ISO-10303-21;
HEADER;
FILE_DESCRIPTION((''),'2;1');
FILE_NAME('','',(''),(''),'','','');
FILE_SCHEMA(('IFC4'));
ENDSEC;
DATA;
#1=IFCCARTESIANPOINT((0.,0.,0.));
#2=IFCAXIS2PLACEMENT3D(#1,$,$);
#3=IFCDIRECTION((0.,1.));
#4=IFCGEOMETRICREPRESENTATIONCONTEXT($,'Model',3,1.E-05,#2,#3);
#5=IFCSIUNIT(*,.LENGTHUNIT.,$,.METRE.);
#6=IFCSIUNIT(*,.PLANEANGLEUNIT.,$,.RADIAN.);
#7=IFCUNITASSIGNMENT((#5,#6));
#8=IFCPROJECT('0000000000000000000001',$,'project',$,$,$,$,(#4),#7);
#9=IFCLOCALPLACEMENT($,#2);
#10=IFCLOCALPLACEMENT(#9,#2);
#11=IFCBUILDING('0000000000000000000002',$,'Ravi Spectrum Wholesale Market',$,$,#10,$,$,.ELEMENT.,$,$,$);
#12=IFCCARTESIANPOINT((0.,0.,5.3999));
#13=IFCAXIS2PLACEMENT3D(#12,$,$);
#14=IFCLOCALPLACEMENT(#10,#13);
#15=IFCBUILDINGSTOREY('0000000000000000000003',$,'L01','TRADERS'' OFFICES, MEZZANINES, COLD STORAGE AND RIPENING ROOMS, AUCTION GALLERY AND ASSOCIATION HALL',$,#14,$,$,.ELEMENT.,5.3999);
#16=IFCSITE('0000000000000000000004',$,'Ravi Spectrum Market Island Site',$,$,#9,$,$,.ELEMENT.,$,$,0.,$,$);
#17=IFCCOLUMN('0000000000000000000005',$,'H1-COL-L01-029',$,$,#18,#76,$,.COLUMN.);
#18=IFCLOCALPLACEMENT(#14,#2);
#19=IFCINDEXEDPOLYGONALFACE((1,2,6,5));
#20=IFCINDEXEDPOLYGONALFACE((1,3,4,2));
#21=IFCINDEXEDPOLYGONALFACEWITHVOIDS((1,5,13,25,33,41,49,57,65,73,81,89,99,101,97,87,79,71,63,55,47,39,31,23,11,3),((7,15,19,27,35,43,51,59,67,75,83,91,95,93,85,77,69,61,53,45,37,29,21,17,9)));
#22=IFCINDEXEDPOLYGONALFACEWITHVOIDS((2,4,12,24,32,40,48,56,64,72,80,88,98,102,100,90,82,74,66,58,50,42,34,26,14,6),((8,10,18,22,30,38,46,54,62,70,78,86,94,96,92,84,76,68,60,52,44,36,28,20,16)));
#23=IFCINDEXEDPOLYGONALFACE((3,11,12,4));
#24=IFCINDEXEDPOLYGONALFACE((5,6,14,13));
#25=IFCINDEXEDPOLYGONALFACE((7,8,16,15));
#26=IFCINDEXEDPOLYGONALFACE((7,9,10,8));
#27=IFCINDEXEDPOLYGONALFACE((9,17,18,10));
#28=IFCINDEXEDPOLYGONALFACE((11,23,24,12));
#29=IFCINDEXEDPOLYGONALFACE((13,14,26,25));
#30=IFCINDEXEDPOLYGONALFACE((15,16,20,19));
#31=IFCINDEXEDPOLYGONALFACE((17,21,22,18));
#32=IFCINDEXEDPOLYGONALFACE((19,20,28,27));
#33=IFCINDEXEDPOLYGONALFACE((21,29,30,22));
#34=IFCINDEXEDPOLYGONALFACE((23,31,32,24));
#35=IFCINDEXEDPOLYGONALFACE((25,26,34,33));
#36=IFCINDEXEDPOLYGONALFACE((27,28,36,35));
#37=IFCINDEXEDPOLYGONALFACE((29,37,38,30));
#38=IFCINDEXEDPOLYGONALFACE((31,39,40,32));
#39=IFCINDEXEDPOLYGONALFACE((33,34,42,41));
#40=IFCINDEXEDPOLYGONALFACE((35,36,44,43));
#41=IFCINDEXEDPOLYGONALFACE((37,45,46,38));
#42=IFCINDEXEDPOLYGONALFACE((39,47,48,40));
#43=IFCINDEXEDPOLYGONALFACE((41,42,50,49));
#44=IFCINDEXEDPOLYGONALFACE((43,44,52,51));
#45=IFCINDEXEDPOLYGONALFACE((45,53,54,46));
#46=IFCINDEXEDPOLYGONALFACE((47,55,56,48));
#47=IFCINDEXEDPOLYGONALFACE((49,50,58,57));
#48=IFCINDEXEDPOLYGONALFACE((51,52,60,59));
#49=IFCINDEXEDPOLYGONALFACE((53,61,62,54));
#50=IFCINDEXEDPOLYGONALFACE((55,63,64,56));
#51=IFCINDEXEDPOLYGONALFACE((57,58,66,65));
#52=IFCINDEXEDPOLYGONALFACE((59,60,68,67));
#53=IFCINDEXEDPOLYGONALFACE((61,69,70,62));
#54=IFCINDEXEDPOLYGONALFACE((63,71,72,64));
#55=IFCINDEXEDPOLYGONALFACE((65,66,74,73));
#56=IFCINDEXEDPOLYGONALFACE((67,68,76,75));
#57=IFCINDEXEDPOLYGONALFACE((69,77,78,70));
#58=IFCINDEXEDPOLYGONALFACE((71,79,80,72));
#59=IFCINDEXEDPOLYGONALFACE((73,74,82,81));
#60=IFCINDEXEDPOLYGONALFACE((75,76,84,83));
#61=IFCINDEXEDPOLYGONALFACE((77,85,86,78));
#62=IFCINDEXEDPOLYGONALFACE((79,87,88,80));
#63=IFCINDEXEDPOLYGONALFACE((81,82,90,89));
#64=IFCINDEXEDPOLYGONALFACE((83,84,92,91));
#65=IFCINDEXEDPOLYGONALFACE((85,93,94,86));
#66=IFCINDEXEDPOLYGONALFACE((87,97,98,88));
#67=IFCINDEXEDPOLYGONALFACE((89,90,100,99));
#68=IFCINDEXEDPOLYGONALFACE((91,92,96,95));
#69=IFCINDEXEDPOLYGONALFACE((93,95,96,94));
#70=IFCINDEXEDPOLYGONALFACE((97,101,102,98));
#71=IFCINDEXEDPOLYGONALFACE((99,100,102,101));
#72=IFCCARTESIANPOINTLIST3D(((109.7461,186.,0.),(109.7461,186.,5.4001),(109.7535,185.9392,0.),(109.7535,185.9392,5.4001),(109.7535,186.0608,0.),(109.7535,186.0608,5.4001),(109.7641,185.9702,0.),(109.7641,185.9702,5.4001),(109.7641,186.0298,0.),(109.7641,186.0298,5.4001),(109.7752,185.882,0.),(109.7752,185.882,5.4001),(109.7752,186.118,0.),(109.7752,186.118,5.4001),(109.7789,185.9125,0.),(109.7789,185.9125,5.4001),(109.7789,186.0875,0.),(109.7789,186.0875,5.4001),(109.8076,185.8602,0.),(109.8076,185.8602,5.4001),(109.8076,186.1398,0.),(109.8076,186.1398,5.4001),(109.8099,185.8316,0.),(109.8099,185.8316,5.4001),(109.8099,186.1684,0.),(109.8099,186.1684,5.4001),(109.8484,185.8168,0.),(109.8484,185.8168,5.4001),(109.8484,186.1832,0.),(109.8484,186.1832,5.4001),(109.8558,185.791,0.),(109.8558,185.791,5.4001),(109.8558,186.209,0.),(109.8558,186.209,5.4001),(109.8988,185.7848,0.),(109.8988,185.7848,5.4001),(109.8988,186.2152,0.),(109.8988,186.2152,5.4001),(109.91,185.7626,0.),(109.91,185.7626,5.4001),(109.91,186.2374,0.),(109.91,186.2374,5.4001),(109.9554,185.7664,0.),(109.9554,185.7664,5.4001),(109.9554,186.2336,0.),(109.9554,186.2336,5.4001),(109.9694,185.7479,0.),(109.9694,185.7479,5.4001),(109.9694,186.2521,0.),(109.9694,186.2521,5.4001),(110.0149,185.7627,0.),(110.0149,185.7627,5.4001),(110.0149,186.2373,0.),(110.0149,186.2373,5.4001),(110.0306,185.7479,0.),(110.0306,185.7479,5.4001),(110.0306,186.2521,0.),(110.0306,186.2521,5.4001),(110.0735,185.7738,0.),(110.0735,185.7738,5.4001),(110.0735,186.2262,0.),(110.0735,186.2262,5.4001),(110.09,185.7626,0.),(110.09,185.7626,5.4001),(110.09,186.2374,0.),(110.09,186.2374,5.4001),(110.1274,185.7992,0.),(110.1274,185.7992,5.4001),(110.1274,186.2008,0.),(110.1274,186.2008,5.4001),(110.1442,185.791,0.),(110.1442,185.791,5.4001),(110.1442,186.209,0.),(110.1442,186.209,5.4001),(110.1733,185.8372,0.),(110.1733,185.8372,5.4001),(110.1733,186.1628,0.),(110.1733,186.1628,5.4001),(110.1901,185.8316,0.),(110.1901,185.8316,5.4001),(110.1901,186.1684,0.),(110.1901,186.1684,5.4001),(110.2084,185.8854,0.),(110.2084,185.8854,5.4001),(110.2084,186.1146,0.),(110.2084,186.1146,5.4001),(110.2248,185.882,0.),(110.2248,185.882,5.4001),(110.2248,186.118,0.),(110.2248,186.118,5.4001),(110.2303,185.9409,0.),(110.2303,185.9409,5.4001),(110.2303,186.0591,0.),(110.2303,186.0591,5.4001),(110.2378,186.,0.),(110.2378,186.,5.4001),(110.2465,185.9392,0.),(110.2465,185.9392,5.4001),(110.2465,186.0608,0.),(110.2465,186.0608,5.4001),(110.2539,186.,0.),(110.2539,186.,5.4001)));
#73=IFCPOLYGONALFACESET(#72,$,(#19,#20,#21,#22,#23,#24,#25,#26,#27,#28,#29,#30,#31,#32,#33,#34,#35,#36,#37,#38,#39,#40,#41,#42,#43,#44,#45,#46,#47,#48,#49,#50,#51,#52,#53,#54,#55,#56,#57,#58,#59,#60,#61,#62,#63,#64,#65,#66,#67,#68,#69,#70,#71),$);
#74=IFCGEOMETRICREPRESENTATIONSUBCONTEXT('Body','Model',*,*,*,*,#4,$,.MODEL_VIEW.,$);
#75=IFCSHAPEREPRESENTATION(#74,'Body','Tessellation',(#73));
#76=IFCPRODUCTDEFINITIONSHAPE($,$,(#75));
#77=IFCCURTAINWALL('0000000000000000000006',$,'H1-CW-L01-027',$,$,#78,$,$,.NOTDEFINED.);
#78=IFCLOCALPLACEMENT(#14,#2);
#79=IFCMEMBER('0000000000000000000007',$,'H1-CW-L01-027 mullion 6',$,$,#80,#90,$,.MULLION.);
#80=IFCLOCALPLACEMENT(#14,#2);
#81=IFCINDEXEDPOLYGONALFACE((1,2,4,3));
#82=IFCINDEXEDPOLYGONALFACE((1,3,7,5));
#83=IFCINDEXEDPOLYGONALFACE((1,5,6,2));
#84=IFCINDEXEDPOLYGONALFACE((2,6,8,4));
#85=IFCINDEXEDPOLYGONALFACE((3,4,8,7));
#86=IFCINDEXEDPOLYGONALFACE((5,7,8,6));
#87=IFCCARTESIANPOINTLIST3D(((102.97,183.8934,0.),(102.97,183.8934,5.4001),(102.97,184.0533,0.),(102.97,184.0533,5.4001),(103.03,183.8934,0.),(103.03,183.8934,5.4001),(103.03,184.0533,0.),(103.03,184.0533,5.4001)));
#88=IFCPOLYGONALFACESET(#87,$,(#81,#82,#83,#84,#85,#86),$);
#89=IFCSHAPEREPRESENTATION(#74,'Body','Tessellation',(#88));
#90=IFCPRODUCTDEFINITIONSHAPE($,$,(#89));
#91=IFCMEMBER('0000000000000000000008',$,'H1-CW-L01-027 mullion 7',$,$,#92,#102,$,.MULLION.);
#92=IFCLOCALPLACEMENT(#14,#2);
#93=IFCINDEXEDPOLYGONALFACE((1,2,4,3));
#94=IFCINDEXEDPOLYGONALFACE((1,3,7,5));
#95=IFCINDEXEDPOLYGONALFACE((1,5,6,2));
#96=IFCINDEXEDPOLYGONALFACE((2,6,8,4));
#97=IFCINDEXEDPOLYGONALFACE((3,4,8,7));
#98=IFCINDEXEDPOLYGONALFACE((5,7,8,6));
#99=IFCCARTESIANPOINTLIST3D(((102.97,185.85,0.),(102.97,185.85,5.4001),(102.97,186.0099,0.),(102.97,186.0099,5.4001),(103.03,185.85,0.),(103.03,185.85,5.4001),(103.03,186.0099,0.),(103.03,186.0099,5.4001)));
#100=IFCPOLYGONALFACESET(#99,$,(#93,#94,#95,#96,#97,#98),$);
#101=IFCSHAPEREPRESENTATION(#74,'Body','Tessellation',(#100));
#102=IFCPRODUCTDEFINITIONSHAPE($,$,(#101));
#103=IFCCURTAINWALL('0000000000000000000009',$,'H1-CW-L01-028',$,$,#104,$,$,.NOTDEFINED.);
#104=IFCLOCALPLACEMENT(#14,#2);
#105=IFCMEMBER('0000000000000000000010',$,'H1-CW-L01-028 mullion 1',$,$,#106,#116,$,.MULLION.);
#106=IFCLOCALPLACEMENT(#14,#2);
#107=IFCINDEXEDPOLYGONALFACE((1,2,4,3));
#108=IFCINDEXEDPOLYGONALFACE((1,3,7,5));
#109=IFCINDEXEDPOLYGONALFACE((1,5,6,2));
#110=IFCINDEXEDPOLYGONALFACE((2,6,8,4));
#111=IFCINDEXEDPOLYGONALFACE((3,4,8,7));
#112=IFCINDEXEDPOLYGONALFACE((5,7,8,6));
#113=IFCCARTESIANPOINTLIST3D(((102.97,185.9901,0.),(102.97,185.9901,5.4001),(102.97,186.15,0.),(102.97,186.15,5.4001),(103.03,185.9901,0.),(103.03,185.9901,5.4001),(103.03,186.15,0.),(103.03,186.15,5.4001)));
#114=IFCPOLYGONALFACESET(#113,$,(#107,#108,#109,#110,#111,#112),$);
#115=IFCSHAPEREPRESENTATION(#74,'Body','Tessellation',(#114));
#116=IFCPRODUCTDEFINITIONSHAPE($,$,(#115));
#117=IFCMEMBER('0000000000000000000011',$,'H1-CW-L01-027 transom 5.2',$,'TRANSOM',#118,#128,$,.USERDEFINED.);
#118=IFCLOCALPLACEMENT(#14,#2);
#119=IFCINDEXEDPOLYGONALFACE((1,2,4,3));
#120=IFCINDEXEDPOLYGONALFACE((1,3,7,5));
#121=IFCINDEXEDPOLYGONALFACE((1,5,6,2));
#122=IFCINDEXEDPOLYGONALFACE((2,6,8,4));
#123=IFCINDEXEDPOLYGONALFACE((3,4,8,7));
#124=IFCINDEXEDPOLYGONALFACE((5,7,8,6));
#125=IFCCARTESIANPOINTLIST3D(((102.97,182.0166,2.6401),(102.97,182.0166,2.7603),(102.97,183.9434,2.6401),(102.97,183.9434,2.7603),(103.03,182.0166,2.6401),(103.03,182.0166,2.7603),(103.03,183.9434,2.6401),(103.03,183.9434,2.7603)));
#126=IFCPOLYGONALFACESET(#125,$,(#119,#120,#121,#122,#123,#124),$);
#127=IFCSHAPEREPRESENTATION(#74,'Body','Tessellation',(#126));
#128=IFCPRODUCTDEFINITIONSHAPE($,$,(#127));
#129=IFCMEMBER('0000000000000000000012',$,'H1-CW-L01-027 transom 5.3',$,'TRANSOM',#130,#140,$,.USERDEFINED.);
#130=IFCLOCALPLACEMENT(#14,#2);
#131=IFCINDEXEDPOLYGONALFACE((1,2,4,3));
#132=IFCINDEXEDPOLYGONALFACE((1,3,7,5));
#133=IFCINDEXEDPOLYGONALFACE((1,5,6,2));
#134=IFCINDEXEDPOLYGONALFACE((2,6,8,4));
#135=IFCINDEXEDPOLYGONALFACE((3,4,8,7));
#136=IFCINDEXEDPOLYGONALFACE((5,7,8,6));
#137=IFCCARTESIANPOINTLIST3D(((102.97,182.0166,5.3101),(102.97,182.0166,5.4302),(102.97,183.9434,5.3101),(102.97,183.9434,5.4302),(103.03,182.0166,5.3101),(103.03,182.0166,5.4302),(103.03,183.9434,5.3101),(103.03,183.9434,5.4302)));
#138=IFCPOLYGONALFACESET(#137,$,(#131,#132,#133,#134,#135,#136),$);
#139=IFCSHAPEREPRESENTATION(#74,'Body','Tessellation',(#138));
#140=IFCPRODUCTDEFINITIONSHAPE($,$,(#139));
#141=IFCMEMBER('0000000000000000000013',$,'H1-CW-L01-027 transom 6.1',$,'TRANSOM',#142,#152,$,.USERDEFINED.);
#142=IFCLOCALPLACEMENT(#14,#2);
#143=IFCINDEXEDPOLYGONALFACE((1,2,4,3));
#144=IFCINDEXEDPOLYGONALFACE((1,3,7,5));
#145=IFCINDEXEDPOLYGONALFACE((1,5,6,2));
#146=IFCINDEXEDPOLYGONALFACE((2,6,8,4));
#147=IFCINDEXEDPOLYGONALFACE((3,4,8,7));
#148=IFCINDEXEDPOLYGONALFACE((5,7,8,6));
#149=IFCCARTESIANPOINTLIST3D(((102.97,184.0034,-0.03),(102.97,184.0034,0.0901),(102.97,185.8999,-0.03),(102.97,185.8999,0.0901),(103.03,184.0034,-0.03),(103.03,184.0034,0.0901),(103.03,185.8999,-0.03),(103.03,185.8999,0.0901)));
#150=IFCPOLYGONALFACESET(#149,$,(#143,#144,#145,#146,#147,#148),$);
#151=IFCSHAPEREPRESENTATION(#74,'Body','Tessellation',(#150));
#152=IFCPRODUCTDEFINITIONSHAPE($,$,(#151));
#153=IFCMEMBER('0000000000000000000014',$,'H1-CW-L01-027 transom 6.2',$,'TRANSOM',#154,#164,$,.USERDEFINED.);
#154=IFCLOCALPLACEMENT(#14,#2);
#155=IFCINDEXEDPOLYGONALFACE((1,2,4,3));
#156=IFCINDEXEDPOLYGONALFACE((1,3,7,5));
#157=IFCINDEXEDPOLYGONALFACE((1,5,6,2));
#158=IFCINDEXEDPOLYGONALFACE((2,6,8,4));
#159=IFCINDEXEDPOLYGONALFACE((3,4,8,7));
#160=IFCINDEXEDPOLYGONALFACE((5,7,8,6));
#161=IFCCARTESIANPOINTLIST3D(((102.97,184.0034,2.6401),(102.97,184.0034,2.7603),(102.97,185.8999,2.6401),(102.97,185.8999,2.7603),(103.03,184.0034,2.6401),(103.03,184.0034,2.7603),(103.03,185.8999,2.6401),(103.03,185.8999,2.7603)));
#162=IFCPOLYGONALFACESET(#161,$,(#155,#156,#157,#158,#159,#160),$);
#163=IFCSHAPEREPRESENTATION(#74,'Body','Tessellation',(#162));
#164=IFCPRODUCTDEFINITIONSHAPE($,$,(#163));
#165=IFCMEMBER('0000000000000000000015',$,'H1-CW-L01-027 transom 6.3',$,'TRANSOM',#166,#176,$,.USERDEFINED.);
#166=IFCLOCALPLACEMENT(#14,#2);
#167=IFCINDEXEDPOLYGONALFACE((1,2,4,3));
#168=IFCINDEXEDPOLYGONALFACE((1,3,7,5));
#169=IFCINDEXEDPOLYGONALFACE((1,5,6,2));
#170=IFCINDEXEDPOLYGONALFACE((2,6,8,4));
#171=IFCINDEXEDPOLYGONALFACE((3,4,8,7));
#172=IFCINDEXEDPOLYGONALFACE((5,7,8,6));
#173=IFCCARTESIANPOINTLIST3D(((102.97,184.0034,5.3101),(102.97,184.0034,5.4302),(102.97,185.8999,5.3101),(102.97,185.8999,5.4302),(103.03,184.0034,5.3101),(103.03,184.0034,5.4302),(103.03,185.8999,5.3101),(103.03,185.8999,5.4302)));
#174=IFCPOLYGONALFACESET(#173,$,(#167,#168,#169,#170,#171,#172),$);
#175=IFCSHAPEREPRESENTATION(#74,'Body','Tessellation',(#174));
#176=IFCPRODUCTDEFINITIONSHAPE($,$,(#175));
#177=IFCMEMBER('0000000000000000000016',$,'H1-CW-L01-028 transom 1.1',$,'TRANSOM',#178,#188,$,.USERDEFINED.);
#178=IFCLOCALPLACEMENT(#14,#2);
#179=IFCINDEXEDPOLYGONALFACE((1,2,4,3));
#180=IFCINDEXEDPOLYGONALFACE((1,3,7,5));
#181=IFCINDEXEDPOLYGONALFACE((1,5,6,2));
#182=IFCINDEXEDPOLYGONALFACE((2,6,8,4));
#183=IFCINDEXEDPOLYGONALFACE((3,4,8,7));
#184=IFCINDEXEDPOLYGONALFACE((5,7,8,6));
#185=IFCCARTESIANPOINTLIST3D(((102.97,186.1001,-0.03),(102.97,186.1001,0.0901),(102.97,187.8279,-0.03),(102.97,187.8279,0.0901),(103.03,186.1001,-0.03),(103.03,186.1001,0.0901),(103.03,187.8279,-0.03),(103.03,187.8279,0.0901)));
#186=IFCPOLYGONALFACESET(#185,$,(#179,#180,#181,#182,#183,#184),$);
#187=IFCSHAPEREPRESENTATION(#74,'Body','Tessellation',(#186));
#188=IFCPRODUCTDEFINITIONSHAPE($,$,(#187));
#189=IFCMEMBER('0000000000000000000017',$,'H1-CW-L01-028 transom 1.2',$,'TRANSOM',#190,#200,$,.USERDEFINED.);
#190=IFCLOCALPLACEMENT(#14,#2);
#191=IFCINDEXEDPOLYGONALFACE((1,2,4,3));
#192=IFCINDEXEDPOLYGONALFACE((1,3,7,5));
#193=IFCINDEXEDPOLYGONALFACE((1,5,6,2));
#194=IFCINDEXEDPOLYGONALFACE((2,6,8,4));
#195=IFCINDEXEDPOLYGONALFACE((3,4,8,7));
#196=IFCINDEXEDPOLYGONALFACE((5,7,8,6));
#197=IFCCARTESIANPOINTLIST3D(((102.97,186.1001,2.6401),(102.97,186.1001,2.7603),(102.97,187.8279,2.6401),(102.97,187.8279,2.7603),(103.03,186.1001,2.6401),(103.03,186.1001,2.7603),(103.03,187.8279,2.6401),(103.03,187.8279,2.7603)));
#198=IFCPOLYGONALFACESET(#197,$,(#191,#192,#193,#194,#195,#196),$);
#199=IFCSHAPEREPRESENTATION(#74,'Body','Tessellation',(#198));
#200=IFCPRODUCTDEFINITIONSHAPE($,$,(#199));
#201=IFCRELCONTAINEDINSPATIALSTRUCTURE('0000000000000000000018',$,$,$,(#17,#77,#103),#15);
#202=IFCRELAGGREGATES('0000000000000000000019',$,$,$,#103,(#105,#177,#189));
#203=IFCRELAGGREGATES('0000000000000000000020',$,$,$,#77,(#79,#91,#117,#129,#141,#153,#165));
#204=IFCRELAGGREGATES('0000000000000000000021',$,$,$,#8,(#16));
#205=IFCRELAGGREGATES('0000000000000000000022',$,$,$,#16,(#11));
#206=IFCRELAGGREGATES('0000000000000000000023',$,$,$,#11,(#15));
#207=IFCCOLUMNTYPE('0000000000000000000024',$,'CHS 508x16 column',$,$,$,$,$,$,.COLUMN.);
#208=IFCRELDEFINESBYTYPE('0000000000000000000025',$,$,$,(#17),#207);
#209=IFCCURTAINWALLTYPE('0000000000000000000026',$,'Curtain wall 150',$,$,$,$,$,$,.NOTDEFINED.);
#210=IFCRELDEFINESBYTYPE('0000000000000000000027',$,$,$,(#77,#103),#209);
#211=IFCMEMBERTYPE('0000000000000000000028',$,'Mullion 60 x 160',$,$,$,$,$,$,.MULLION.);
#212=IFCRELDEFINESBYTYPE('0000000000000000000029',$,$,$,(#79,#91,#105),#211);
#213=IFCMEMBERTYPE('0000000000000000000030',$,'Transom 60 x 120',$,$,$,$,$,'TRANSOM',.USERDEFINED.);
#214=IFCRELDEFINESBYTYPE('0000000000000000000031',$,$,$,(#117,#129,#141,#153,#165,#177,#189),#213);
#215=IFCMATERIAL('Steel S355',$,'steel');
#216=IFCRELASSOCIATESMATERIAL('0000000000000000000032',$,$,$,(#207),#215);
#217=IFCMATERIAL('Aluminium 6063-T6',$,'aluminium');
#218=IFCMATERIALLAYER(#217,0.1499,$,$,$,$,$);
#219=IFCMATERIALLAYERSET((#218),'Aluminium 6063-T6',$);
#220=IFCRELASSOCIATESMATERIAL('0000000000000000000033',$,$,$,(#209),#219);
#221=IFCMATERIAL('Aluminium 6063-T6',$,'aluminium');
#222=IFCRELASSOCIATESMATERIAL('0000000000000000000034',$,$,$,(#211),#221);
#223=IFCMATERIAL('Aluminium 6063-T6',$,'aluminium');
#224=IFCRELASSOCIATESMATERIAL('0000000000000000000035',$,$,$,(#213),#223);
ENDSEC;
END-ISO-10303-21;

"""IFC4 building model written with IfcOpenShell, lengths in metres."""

from ifc_helpers import new_model, si_unit, direction, frame, origin, origin_2d, place, context, subcontext, project, spatial, rectangle, hollow_circle, extrude, material, layer, layer_set, material_profile, profile_set, type_object, element, aggregate, save


model = new_model("IFC4")

# Units and contexts
model_context = context("Model", 3, precision=1e-05, world=origin(), true_north=direction((0.0, 1.0)))
body_context = subcontext(model_context, "Body", "Model", "MODEL_VIEW")
ifc_project = project(units=[si_unit("LENGTHUNIT", "METRE"), si_unit("PLANEANGLEUNIT", "RADIAN")], contexts=[model_context])

# Site, building, storey
site_placement = place(None, origin())
site = spatial("IfcSite", under=ifc_project, at=site_placement, Name="Ravi Spectrum Market Island Site", CompositionType="ELEMENT", RefElevation=0.0)
building_placement = place(site_placement, origin())
building = spatial("IfcBuilding", under=site, at=building_placement, Name="Ravi Spectrum Wholesale Market", CompositionType="ELEMENT")
storey_placement = place(building_placement, frame((0.0, 0.0, 5.3999)))
storey = spatial("IfcBuildingStorey", under=building, at=storey_placement, Name="L01", Description="TRADERS' OFFICES, MEZZANINES, COLD STORAGE AND RIPENING ROOMS, AUCTION GALLERY AND ASSOCIATION HALL", CompositionType="ELEMENT", Elevation=5.3999)

# Column
ifc_material_1 = material(Name="Steel S355", Category="steel")
ifc_material_profile_1 = material_profile(ifc_material_1, hollow_circle(Radius=0.2539, WallThickness=0.0161, at=origin_2d()))
ifc_profile_set_1 = profile_set([ifc_material_profile_1], Name="Steel S355")
column_type = type_object("IfcColumnType", Name="CHS 508x16 column", PredefinedType="COLUMN", material=ifc_profile_set_1)
column_placement = place(storey_placement, frame((110.0, 186.0, 0.0), z_axis=(0.0, 0.0, 1.0), x_axis=(1.0, 0.0, 0.0)))
element("IfcColumn", 1, at=column_placement, inside=storey, type_object=column_type, Name="H1-COL-L01-029", PredefinedType="COLUMN", context=body_context, shape_type="SweptSolid", body=[
    extrude(hollow_circle(Radius=0.2539, WallThickness=0.0161, at=origin_2d()), origin(), (0.0, 0.0, 1.0), 5.4001),
])

# Curtain wall, members
ifc_material_2 = material(Name="Aluminium 6063-T6", Category="aluminium")
ifc_layer_1 = layer(ifc_material_2, 0.1499)
ifc_layer_set_1 = layer_set([ifc_layer_1], Name="Aluminium 6063-T6")
curtain_wall_type = type_object("IfcCurtainWallType", Name="Curtain wall 150", PredefinedType="NOTDEFINED", material=ifc_layer_set_1)
curtain_wall_1_placement = place(storey_placement, origin())
curtain_wall_1 = element("IfcCurtainWall", 2, at=curtain_wall_1_placement, inside=storey, type_object=curtain_wall_type, Name="H1-CW-L01-027", PredefinedType="NOTDEFINED")
ifc_material_3 = material(Name="Aluminium 6063-T6", Category="aluminium")
ifc_material_profile_2 = material_profile(ifc_material_3, rectangle(XDim=0.0601, YDim=0.1599, at=origin_2d()))
ifc_profile_set_2 = profile_set([ifc_material_profile_2], Name="Aluminium 6063-T6")
member_type_1 = type_object("IfcMemberType", Name="Mullion 60 x 160", PredefinedType="MULLION", material=ifc_profile_set_2)
member_1_placement = place(storey_placement, frame((103.0, 183.9734, 0.0), z_axis=(0.0, 0.0, 1.0), x_axis=(-1.0, 0.0, 0.0)))
member_1 = element("IfcMember", 3, at=member_1_placement, type_object=member_type_1, Name="H1-CW-L01-027 mullion 6", PredefinedType="MULLION", context=body_context, shape_type="SweptSolid", body=[
    extrude(rectangle(XDim=0.0601, YDim=0.1599, at=origin_2d()), origin(), (0.0, 0.0, 1.0), 5.4001),
])
member_2_placement = place(storey_placement, frame((103.0, 185.9299, 0.0), z_axis=(0.0, 0.0, 1.0), x_axis=(-1.0, 0.0, 0.0)))
member_2 = element("IfcMember", 4, at=member_2_placement, type_object=member_type_1, Name="H1-CW-L01-027 mullion 7", PredefinedType="MULLION", context=body_context, shape_type="SweptSolid", body=[
    extrude(rectangle(XDim=0.0601, YDim=0.1599, at=origin_2d()), origin(), (0.0, 0.0, 1.0), 5.4001),
])

# Curtain wall, member
curtain_wall_2_placement = place(storey_placement, origin())
curtain_wall_2 = element("IfcCurtainWall", 5, at=curtain_wall_2_placement, inside=storey, type_object=curtain_wall_type, Name="H1-CW-L01-028", PredefinedType="NOTDEFINED")
member_3_placement = place(storey_placement, frame((103.0, 186.0701, 0.0), z_axis=(0.0, 0.0, 1.0), x_axis=(-1.0, 0.0, 0.0)))
member_3 = element("IfcMember", 6, at=member_3_placement, type_object=member_type_1, Name="H1-CW-L01-028 mullion 1", PredefinedType="MULLION", context=body_context, shape_type="SweptSolid", body=[
    extrude(rectangle(XDim=0.0601, YDim=0.1599, at=origin_2d()), origin(), (0.0, 0.0, 1.0), 5.4001),
])

# Members
ifc_material_4 = material(Name="Aluminium 6063-T6", Category="aluminium")
ifc_material_profile_3 = material_profile(ifc_material_4, rectangle(XDim=0.0601, YDim=0.1201, at=origin_2d()))
ifc_profile_set_3 = profile_set([ifc_material_profile_3], Name="Aluminium 6063-T6")
member_type_2 = type_object("IfcMemberType", Name="Transom 60 x 120", ElementType="TRANSOM", PredefinedType="USERDEFINED", material=ifc_profile_set_3)
member_4_placement = place(storey_placement, frame((103.0, 182.0166, 2.7002), z_axis=(0.0, 1.0, 0.0), x_axis=(-1.0, 0.0, 0.0)))
member_4 = element("IfcMember", 7, at=member_4_placement, type_object=member_type_2, Name="H1-CW-L01-027 transom 5.2", ObjectType="TRANSOM", PredefinedType="USERDEFINED", context=body_context, shape_type="SweptSolid", body=[
    extrude(rectangle(XDim=0.0601, YDim=0.1201, at=origin_2d()), origin(), (0.0, 0.0, 1.0), 1.9268),
])
member_5_placement = place(storey_placement, frame((103.0, 182.0166, 5.3701), z_axis=(0.0, 1.0, 0.0), x_axis=(-1.0, 0.0, 0.0)))
member_5 = element("IfcMember", 8, at=member_5_placement, type_object=member_type_2, Name="H1-CW-L01-027 transom 5.3", ObjectType="TRANSOM", PredefinedType="USERDEFINED", context=body_context, shape_type="SweptSolid", body=[
    extrude(rectangle(XDim=0.0601, YDim=0.1201, at=origin_2d()), origin(), (0.0, 0.0, 1.0), 1.9268),
])
member_6_placement = place(storey_placement, frame((103.0, 184.0034, 0.03), z_axis=(0.0, 1.0, 0.0), x_axis=(-1.0, 0.0, 0.0)))
member_6 = element("IfcMember", 9, at=member_6_placement, type_object=member_type_2, Name="H1-CW-L01-027 transom 6.1", ObjectType="TRANSOM", PredefinedType="USERDEFINED", context=body_context, shape_type="SweptSolid", body=[
    extrude(rectangle(XDim=0.0601, YDim=0.1201, at=origin_2d()), origin(), (0.0, 0.0, 1.0), 1.8965),
])
member_7_placement = place(storey_placement, frame((103.0, 184.0034, 2.7002), z_axis=(0.0, 1.0, 0.0), x_axis=(-1.0, 0.0, 0.0)))
member_7 = element("IfcMember", 10, at=member_7_placement, type_object=member_type_2, Name="H1-CW-L01-027 transom 6.2", ObjectType="TRANSOM", PredefinedType="USERDEFINED", context=body_context, shape_type="SweptSolid", body=[
    extrude(rectangle(XDim=0.0601, YDim=0.1201, at=origin_2d()), origin(), (0.0, 0.0, 1.0), 1.8965),
])
member_8_placement = place(storey_placement, frame((103.0, 184.0034, 5.3701), z_axis=(0.0, 1.0, 0.0), x_axis=(-1.0, 0.0, 0.0)))
member_8 = element("IfcMember", 11, at=member_8_placement, type_object=member_type_2, Name="H1-CW-L01-027 transom 6.3", ObjectType="TRANSOM", PredefinedType="USERDEFINED", context=body_context, shape_type="SweptSolid", body=[
    extrude(rectangle(XDim=0.0601, YDim=0.1201, at=origin_2d()), origin(), (0.0, 0.0, 1.0), 1.8965),
])
member_9_placement = place(storey_placement, frame((103.0, 186.1001, 0.03), z_axis=(0.0, 1.0, 0.0), x_axis=(-1.0, 0.0, 0.0)))
member_9 = element("IfcMember", 12, at=member_9_placement, type_object=member_type_2, Name="H1-CW-L01-028 transom 1.1", ObjectType="TRANSOM", PredefinedType="USERDEFINED", context=body_context, shape_type="SweptSolid", body=[
    extrude(rectangle(XDim=0.0601, YDim=0.1201, at=origin_2d()), origin(), (0.0, 0.0, 1.0), 1.7278),
])
member_10_placement = place(storey_placement, frame((103.0, 186.1001, 2.7002), z_axis=(0.0, 1.0, 0.0), x_axis=(-1.0, 0.0, 0.0)))
member_10 = element("IfcMember", 13, at=member_10_placement, type_object=member_type_2, Name="H1-CW-L01-028 transom 1.2", ObjectType="TRANSOM", PredefinedType="USERDEFINED", context=body_context, shape_type="SweptSolid", body=[
    extrude(rectangle(XDim=0.0601, YDim=0.1201, at=origin_2d()), origin(), (0.0, 0.0, 1.0), 1.7278),
])
aggregate(curtain_wall_2, [member_3, member_9, member_10])

aggregate(curtain_wall_1, [member_1, member_2, member_4, member_5, member_6, member_7, member_8])

save(model, "model.ifc")
